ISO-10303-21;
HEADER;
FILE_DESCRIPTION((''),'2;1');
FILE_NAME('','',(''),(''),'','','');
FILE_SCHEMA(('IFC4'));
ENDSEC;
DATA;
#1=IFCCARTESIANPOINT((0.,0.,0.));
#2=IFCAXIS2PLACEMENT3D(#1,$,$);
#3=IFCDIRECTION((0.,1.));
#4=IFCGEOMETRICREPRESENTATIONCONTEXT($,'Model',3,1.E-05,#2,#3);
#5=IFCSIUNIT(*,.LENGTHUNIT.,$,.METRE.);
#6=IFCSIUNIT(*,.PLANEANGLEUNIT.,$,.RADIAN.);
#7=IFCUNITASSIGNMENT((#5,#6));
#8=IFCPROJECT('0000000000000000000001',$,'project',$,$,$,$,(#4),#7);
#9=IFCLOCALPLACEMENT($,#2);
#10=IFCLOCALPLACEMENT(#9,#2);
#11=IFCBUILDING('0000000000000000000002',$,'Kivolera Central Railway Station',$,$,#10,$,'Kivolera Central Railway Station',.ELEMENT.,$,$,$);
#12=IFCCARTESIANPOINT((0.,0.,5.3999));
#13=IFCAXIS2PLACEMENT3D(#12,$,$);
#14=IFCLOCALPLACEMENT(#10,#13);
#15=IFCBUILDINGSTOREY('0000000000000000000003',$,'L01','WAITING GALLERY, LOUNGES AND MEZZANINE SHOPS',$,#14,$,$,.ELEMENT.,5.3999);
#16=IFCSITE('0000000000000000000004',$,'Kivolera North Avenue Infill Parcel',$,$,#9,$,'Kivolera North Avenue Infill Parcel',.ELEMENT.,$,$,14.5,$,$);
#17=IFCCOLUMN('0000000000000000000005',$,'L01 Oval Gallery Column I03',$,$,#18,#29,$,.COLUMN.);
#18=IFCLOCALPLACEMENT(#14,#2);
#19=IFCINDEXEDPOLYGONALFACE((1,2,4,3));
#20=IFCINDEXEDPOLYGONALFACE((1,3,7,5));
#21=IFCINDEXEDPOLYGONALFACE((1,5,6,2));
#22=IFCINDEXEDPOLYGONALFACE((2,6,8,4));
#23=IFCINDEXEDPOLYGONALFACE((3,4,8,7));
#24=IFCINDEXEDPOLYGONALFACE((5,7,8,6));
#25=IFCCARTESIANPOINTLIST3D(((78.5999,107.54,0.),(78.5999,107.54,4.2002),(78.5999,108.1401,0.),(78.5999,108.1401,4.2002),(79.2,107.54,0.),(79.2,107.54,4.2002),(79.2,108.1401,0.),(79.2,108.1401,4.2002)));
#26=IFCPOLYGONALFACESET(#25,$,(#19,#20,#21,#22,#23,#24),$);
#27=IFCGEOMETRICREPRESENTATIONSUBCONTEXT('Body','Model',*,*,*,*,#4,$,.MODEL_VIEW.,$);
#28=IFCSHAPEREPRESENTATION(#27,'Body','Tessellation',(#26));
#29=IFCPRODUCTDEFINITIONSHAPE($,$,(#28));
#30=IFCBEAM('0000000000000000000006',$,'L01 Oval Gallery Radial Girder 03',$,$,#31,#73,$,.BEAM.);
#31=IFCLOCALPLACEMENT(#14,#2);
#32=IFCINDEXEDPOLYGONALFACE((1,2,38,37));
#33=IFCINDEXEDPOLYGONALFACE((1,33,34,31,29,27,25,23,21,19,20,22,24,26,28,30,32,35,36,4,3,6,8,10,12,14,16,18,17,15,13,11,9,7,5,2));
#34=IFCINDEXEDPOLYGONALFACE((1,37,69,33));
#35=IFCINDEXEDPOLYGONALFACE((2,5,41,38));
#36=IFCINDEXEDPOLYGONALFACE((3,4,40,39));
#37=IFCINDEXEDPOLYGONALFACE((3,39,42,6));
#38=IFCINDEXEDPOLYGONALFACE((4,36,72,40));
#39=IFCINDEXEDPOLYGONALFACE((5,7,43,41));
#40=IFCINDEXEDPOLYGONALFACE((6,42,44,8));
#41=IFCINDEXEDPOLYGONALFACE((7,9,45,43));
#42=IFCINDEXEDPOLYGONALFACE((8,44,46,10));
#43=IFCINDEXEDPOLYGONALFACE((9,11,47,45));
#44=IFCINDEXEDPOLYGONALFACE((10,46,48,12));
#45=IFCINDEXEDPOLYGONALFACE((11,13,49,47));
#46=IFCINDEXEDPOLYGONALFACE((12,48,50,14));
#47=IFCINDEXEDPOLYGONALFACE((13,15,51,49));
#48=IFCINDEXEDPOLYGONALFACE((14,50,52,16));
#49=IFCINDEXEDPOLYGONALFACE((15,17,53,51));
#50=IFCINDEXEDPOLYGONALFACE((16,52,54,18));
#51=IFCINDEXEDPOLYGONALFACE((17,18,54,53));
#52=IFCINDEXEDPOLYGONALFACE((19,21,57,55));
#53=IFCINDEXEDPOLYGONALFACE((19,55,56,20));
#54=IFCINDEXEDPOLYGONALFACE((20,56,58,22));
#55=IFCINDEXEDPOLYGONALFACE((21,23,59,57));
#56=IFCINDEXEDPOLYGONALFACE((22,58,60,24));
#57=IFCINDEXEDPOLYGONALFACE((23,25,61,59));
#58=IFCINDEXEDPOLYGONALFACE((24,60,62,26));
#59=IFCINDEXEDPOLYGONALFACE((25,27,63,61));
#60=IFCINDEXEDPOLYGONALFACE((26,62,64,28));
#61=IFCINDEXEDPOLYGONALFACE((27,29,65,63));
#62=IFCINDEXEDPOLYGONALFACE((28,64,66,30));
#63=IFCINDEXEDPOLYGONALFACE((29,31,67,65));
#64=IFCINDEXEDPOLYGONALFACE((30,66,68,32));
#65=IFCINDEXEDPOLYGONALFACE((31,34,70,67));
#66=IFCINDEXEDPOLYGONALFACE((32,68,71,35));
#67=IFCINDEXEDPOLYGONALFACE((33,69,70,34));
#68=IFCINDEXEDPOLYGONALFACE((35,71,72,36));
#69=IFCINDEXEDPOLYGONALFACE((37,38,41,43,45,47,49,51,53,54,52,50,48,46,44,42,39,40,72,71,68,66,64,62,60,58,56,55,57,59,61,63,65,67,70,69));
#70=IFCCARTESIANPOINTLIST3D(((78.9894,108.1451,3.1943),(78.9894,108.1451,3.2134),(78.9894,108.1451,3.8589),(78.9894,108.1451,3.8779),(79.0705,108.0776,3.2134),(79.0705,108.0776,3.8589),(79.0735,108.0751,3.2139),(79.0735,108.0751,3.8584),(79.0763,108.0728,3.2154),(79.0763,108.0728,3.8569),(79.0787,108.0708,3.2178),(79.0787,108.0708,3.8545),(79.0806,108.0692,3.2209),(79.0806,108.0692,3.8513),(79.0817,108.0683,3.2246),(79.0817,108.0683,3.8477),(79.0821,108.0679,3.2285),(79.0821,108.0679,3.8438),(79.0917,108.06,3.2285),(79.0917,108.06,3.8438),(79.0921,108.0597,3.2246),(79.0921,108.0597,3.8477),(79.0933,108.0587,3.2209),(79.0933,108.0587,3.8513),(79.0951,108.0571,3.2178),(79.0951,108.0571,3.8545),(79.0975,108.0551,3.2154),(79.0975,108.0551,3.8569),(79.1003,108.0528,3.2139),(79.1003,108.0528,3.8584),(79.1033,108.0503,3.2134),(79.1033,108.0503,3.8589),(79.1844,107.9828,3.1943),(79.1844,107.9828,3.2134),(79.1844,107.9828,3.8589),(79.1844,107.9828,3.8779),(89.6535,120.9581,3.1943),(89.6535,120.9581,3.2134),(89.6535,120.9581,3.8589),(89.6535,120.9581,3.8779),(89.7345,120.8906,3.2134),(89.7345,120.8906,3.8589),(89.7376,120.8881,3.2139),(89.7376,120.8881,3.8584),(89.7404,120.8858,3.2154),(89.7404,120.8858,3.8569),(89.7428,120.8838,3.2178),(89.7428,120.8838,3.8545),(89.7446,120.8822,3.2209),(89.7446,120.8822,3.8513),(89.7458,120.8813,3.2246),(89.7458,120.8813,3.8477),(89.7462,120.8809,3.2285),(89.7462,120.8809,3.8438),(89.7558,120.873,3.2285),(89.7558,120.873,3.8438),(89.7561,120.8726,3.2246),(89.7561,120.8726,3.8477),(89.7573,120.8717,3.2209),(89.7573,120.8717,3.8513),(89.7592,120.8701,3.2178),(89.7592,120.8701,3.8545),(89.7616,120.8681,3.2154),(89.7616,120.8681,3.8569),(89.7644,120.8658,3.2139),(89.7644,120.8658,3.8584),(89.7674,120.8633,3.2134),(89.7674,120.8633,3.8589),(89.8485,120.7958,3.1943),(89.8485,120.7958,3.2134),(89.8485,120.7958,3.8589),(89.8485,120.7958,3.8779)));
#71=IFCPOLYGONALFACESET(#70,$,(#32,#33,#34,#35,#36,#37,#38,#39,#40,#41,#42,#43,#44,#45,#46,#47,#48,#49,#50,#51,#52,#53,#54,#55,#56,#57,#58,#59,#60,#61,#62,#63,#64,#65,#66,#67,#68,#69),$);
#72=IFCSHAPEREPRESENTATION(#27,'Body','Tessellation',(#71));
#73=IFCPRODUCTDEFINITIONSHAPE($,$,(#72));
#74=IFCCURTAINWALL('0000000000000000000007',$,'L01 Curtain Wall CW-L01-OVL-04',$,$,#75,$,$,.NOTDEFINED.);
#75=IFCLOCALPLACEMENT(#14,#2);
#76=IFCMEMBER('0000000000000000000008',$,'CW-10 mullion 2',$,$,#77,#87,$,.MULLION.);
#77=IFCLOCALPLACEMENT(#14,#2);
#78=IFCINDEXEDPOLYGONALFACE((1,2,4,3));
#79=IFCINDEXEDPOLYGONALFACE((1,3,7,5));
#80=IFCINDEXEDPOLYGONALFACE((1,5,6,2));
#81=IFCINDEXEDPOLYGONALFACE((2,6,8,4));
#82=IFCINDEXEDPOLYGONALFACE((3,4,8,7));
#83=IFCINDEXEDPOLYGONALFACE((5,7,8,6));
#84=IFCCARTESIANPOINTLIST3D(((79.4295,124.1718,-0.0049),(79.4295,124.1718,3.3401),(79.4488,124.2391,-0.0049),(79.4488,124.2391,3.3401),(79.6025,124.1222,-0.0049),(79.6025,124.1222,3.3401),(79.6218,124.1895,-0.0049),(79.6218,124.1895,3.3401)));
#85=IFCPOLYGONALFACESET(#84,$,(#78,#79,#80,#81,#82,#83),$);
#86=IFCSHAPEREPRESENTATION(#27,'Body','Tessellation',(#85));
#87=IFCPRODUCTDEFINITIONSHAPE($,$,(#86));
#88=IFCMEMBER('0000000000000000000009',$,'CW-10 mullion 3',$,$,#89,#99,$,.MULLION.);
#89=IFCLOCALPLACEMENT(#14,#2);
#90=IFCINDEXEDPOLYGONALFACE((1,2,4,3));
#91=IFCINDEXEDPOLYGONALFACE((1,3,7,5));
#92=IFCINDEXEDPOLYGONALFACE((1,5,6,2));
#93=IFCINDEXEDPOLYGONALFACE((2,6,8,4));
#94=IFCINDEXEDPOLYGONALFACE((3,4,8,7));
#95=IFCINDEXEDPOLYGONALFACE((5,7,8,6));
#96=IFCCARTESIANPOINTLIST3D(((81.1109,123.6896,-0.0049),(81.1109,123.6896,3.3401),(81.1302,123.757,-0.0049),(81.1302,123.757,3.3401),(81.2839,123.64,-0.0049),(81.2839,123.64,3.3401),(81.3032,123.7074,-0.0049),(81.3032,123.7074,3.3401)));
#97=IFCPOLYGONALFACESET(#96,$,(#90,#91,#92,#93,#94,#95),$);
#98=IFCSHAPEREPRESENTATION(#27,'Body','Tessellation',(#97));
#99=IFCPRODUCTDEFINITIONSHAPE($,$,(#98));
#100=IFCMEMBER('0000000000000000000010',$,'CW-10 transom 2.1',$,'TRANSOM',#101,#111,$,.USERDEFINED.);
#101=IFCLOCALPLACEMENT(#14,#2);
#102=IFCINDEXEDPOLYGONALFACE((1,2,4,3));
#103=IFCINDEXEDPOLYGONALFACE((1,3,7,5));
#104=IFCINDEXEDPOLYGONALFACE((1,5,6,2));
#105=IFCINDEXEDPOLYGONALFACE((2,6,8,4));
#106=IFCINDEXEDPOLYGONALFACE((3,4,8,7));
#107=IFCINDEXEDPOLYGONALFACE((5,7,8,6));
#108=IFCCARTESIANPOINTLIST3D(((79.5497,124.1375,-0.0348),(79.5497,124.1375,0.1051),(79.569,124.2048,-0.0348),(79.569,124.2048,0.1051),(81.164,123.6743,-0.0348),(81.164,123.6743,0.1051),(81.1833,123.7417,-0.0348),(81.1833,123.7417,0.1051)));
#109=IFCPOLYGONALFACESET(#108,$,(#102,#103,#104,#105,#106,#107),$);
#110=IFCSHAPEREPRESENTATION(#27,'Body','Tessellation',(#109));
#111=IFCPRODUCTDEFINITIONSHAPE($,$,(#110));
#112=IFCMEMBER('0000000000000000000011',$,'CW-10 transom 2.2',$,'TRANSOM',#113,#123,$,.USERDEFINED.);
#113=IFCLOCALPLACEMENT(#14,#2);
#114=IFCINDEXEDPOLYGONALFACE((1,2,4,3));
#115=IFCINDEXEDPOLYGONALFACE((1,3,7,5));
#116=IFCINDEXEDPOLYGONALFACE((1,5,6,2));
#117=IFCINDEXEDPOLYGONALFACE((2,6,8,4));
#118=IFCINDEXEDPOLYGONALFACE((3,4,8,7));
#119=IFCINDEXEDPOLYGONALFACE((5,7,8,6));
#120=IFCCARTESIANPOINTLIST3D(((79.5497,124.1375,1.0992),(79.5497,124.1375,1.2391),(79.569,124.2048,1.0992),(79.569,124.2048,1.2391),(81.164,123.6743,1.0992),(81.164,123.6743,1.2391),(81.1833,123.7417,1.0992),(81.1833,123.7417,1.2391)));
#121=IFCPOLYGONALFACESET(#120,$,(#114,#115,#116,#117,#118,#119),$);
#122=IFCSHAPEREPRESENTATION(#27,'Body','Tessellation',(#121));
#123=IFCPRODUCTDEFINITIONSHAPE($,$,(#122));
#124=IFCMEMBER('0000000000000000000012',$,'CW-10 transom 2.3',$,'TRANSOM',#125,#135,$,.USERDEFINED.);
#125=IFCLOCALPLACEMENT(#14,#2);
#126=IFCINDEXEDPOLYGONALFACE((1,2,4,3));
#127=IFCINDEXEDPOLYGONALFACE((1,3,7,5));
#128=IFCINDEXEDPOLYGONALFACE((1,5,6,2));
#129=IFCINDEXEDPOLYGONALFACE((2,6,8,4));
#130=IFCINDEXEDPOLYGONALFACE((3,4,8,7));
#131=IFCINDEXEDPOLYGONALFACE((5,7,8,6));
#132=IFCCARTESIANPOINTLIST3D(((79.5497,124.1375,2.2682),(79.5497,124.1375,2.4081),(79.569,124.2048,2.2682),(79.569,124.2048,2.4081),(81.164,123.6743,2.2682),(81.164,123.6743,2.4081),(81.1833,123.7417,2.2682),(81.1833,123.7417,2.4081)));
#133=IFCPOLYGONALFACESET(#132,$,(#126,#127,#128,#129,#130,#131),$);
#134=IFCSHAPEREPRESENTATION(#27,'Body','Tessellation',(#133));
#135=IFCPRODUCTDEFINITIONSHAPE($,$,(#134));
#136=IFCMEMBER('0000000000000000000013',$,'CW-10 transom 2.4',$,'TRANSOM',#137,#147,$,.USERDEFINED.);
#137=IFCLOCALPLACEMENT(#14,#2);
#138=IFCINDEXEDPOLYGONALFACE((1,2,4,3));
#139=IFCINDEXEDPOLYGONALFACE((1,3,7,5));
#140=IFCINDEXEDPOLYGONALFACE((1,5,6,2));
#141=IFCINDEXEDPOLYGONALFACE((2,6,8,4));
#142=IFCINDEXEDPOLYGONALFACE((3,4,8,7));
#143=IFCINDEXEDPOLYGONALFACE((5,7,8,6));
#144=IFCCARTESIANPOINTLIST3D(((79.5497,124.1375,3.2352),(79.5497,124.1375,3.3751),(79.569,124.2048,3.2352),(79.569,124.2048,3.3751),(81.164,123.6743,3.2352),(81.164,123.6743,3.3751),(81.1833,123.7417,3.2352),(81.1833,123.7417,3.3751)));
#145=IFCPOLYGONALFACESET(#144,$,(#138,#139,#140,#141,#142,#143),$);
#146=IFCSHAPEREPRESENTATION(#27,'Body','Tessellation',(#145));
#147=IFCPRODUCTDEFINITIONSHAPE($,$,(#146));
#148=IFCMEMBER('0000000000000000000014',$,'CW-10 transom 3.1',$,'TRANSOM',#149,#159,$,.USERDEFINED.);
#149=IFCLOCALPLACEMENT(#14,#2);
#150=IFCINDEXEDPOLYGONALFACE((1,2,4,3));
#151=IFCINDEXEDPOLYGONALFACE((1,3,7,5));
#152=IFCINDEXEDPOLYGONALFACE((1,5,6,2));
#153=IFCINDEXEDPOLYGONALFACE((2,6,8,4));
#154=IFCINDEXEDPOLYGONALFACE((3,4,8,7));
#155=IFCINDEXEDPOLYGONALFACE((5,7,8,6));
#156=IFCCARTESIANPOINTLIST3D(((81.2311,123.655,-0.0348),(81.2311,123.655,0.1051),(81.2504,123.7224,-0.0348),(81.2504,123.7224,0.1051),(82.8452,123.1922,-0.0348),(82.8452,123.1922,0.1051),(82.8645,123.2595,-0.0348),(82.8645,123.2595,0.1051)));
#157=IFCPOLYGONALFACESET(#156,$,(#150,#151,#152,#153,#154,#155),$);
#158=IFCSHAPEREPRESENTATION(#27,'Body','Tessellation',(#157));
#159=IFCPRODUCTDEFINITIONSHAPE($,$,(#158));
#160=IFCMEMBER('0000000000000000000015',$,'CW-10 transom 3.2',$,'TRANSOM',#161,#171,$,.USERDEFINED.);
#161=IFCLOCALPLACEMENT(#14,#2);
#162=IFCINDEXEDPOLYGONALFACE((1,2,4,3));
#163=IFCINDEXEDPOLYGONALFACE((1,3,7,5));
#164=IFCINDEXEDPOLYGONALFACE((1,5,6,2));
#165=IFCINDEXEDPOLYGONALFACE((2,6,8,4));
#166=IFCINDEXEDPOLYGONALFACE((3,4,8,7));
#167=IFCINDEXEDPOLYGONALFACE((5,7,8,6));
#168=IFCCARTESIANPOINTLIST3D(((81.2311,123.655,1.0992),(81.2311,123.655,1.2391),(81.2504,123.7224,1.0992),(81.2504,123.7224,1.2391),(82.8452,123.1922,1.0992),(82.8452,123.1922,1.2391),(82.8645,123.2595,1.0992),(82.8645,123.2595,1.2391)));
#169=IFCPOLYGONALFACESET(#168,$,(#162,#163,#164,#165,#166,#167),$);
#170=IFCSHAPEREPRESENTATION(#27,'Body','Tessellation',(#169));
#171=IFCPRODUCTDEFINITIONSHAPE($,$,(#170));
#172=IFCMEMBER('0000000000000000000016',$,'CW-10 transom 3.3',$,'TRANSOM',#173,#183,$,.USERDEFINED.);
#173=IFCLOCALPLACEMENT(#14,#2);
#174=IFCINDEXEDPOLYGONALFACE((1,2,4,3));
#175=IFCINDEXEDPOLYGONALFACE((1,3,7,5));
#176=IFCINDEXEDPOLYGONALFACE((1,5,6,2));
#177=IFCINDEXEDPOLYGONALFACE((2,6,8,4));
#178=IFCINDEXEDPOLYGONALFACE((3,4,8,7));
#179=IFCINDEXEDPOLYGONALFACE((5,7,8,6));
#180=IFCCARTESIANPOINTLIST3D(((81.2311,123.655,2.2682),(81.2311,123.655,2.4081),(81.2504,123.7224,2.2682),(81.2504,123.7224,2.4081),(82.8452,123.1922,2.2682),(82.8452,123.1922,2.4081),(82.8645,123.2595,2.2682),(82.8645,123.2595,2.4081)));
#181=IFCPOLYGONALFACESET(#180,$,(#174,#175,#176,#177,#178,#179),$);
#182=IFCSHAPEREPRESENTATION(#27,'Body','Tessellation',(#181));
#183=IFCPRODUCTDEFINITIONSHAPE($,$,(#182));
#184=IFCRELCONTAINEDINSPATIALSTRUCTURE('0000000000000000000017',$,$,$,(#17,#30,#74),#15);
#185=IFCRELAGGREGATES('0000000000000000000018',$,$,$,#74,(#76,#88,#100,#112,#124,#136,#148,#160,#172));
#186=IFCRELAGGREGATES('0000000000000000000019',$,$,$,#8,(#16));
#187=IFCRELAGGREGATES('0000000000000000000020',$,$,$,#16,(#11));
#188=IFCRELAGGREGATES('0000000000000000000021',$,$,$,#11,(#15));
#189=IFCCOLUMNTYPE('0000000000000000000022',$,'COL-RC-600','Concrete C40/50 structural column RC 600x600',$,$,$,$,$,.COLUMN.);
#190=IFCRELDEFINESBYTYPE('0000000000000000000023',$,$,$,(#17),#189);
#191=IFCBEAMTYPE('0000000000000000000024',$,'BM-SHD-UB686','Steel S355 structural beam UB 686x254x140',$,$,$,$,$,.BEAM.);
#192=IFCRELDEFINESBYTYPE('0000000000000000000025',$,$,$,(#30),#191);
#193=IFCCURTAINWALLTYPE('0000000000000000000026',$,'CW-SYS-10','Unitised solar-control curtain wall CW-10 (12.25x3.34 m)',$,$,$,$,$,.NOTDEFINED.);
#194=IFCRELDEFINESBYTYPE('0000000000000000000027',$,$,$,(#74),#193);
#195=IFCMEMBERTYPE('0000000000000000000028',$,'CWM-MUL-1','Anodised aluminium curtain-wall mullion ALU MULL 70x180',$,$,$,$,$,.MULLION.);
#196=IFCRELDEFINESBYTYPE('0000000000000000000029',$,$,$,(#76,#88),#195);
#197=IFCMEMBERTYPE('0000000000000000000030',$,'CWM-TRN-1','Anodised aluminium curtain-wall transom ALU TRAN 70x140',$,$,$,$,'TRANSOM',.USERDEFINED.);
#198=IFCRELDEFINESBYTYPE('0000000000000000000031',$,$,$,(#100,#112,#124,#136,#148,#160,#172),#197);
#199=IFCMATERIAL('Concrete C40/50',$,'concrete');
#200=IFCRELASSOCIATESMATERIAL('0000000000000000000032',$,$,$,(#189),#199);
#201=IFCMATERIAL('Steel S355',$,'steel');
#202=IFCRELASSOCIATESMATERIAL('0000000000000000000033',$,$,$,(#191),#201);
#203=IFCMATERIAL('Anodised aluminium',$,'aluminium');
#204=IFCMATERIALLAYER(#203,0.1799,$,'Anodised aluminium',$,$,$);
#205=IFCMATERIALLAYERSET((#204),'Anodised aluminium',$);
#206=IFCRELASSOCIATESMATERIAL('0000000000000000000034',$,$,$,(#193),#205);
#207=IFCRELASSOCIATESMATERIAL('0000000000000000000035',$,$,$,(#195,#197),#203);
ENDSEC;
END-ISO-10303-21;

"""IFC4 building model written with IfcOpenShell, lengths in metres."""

from ifc_helpers import new_model, si_unit, direction, frame, origin, origin_2d, place, context, subcontext, project, spatial, rectangle, i_section, extrude, material, layer, layer_set, material_profile, profile_set, type_object, element, aggregate, save


model = new_model("IFC4")

# Units and contexts
model_context = context("Model", 3, precision=1e-05, world=origin(), true_north=direction((0.0, 1.0)))
body_context = subcontext(model_context, "Body", "Model", "MODEL_VIEW")
ifc_project = project(units=[si_unit("LENGTHUNIT", "METRE"), si_unit("PLANEANGLEUNIT", "RADIAN")], contexts=[model_context])

# Site, building, storey
site_placement = place(None, origin())
site = spatial("IfcSite", under=ifc_project, at=site_placement, Name="Kivolera North Avenue Infill Parcel", LongName="Kivolera North Avenue Infill Parcel", CompositionType="ELEMENT", RefElevation=14.5)
building_placement = place(site_placement, origin())
building = spatial("IfcBuilding", under=site, at=building_placement, Name="Kivolera Central Railway Station", LongName="Kivolera Central Railway Station", CompositionType="ELEMENT")
storey_placement = place(building_placement, frame((0.0, 0.0, 5.3999)))
storey = spatial("IfcBuildingStorey", under=building, at=storey_placement, Name="L01", Description="WAITING GALLERY, LOUNGES AND MEZZANINE SHOPS", CompositionType="ELEMENT", Elevation=5.3999)

# Column
ifc_material_1 = material(Name="Concrete C40/50", Category="concrete")
ifc_material_profile_1 = material_profile(ifc_material_1, rectangle(XDim=0.6001, YDim=0.6001, at=origin_2d()), Name="RC 600x600")
ifc_profile_set_1 = profile_set([ifc_material_profile_1], Name="Concrete C40/50")
column_type = type_object("IfcColumnType", Name="COL-RC-600", Description="Concrete C40/50 structural column RC 600x600", PredefinedType="COLUMN", material=ifc_profile_set_1)
column_placement = place(storey_placement, frame((78.8999, 107.8401, 0.0), z_axis=(0.0, 0.0, 1.0), x_axis=(1.0, 0.0, 0.0)))
element("IfcColumn", 1, at=column_placement, inside=storey, type_object=column_type, Name="L01 Oval Gallery Column I03", PredefinedType="COLUMN", context=body_context, shape_type="SweptSolid", body=[
    extrude(rectangle(XDim=0.6001, YDim=0.6001, at=origin_2d()), origin(), (0.0, 0.0, 1.0), 4.2002),
])

# Beam
ifc_material_2 = material(Name="Steel S355", Category="steel")
ifc_material_profile_2 = material_profile(ifc_material_2, i_section(OverallWidth=0.2537, OverallDepth=0.6836, WebThickness=0.0125, FlangeThickness=0.019, FilletRadius=0.0151, at=origin_2d()), Name="UB 686x254x140")
ifc_profile_set_2 = profile_set([ifc_material_profile_2], Name="Steel S355")
beam_type = type_object("IfcBeamType", Name="BM-SHD-UB686", Description="Steel S355 structural beam UB 686x254x140", PredefinedType="BEAM", material=ifc_profile_set_2)
beam_placement = place(storey_placement, frame((79.0869, 108.064, 3.5361), z_axis=(0.639709, 0.768617, 0.0), x_axis=(-0.768617, 0.639709, 0.0)))
element("IfcBeam", 2, at=beam_placement, inside=storey, type_object=beam_type, Name="L01 Oval Gallery Radial Girder 03", PredefinedType="BEAM", context=body_context, shape_type="SweptSolid", body=[
    extrude(i_section(OverallWidth=0.2537, OverallDepth=0.6836, WebThickness=0.0125, FlangeThickness=0.019, FilletRadius=0.0151, at=origin_2d()), origin(), (0.0, 0.0, 1.0), 16.6702),
])

# Curtain wall, members
ifc_material_3 = material(Name="Anodised aluminium", Category="aluminium")
ifc_layer_1 = layer(ifc_material_3, 0.1799, Name="Anodised aluminium")
ifc_layer_set_1 = layer_set([ifc_layer_1], Name="Anodised aluminium")
curtain_wall_type = type_object("IfcCurtainWallType", Name="CW-SYS-10", Description="Unitised solar-control curtain wall CW-10 (12.25x3.34 m)", PredefinedType="NOTDEFINED", material=ifc_layer_set_1)
curtain_wall_placement = place(storey_placement, origin())
curtain_wall = element("IfcCurtainWall", 3, at=curtain_wall_placement, inside=storey, type_object=curtain_wall_type, Name="L01 Curtain Wall CW-L01-OVL-04", PredefinedType="NOTDEFINED")
ifc_material_profile_3 = material_profile(ifc_material_3, rectangle(XDim=0.0701, YDim=0.1799, at=origin_2d()), Name="ALU MULL 70x180")
ifc_profile_set_3 = profile_set([ifc_material_profile_3], Name="Anodised aluminium")
member_type_1 = type_object("IfcMemberType", Name="CWM-MUL-1", Description="Anodised aluminium curtain-wall mullion ALU MULL 70x180", PredefinedType="MULLION", material=ifc_profile_set_3)
member_1_placement = place(storey_placement, frame((79.5256, 124.1807, -0.0049), z_axis=(0.0, 0.0, 1.0), x_axis=(0.275692, 0.961246, 0.0)))
member_1 = element("IfcMember", 4, at=member_1_placement, type_object=member_type_1, Name="CW-10 mullion 2", PredefinedType="MULLION", context=body_context, shape_type="SweptSolid", body=[
    extrude(rectangle(XDim=0.0701, YDim=0.1799, at=origin_2d()), origin(), (0.0, 0.0, 1.0), 3.345),
])
member_2_placement = place(storey_placement, frame((81.207, 123.6985, -0.0049), z_axis=(0.0, 0.0, 1.0), x_axis=(0.275692, 0.961246, 0.0)))
member_2 = element("IfcMember", 5, at=member_2_placement, type_object=member_type_1, Name="CW-10 mullion 3", PredefinedType="MULLION", context=body_context, shape_type="SweptSolid", body=[
    extrude(rectangle(XDim=0.0701, YDim=0.1799, at=origin_2d()), origin(), (0.0, 0.0, 1.0), 3.345),
])
ifc_material_profile_4 = material_profile(ifc_material_3, rectangle(XDim=0.0701, YDim=0.1399, at=origin_2d()), Name="ALU TRAN 70x140")
ifc_profile_set_4 = profile_set([ifc_material_profile_4], Name="Anodised aluminium")
member_type_2 = type_object("IfcMemberType", Name="CWM-TRN-1", Description="Anodised aluminium curtain-wall transom ALU TRAN 70x140", ElementType="TRANSOM", PredefinedType="USERDEFINED", material=ifc_profile_set_4)
member_3_placement = place(storey_placement, frame((79.5593, 124.1711, 0.0352), z_axis=(0.961222, -0.275777, 0.0), x_axis=(0.275777, 0.961222, 0.0)))
member_3 = element("IfcMember", 6, at=member_3_placement, type_object=member_type_2, Name="CW-10 transom 2.1", ObjectType="TRANSOM", PredefinedType="USERDEFINED", context=body_context, shape_type="SweptSolid", body=[
    extrude(rectangle(XDim=0.0701, YDim=0.1399, at=origin_2d()), origin(), (0.0, 0.0, 1.0), 1.6794),
])
member_4_placement = place(storey_placement, frame((79.5593, 124.1711, 1.1692), z_axis=(0.961222, -0.275777, 0.0), x_axis=(0.275777, 0.961222, 0.0)))
member_4 = element("IfcMember", 7, at=member_4_placement, type_object=member_type_2, Name="CW-10 transom 2.2", ObjectType="TRANSOM", PredefinedType="USERDEFINED", context=body_context, shape_type="SweptSolid", body=[
    extrude(rectangle(XDim=0.0701, YDim=0.1399, at=origin_2d()), origin(), (0.0, 0.0, 1.0), 1.6794),
])
member_5_placement = place(storey_placement, frame((79.5593, 124.1711, 2.3381), z_axis=(0.961222, -0.275777, 0.0), x_axis=(0.275777, 0.961222, 0.0)))
member_5 = element("IfcMember", 8, at=member_5_placement, type_object=member_type_2, Name="CW-10 transom 2.3", ObjectType="TRANSOM", PredefinedType="USERDEFINED", context=body_context, shape_type="SweptSolid", body=[
    extrude(rectangle(XDim=0.0701, YDim=0.1399, at=origin_2d()), origin(), (0.0, 0.0, 1.0), 1.6794),
])
member_6_placement = place(storey_placement, frame((79.5593, 124.1711, 3.3052), z_axis=(0.961222, -0.275777, 0.0), x_axis=(0.275777, 0.961222, 0.0)))
member_6 = element("IfcMember", 9, at=member_6_placement, type_object=member_type_2, Name="CW-10 transom 2.4", ObjectType="TRANSOM", PredefinedType="USERDEFINED", context=body_context, shape_type="SweptSolid", body=[
    extrude(rectangle(XDim=0.0701, YDim=0.1399, at=origin_2d()), origin(), (0.0, 0.0, 1.0), 1.6794),
])
member_7_placement = place(storey_placement, frame((81.2407, 123.6887, 0.0352), z_axis=(0.96126, -0.275643, 0.0), x_axis=(0.275643, 0.96126, 0.0)))
member_7 = element("IfcMember", 10, at=member_7_placement, type_object=member_type_2, Name="CW-10 transom 3.1", ObjectType="TRANSOM", PredefinedType="USERDEFINED", context=body_context, shape_type="SweptSolid", body=[
    extrude(rectangle(XDim=0.0701, YDim=0.1399, at=origin_2d()), origin(), (0.0, 0.0, 1.0), 1.6792),
])
member_8_placement = place(storey_placement, frame((81.2407, 123.6887, 1.1692), z_axis=(0.96126, -0.275643, 0.0), x_axis=(0.275643, 0.96126, 0.0)))
member_8 = element("IfcMember", 11, at=member_8_placement, type_object=member_type_2, Name="CW-10 transom 3.2", ObjectType="TRANSOM", PredefinedType="USERDEFINED", context=body_context, shape_type="SweptSolid", body=[
    extrude(rectangle(XDim=0.0701, YDim=0.1399, at=origin_2d()), origin(), (0.0, 0.0, 1.0), 1.6792),
])
member_9_placement = place(storey_placement, frame((81.2407, 123.6887, 2.3381), z_axis=(0.96126, -0.275643, 0.0), x_axis=(0.275643, 0.96126, 0.0)))
member_9 = element("IfcMember", 12, at=member_9_placement, type_object=member_type_2, Name="CW-10 transom 3.3", ObjectType="TRANSOM", PredefinedType="USERDEFINED", context=body_context, shape_type="SweptSolid", body=[
    extrude(rectangle(XDim=0.0701, YDim=0.1399, at=origin_2d()), origin(), (0.0, 0.0, 1.0), 1.6792),
])
aggregate(curtain_wall, [member_1, member_2, member_3, member_4, member_5, member_6, member_7, member_8, member_9])

save(model, "model.ifc")
